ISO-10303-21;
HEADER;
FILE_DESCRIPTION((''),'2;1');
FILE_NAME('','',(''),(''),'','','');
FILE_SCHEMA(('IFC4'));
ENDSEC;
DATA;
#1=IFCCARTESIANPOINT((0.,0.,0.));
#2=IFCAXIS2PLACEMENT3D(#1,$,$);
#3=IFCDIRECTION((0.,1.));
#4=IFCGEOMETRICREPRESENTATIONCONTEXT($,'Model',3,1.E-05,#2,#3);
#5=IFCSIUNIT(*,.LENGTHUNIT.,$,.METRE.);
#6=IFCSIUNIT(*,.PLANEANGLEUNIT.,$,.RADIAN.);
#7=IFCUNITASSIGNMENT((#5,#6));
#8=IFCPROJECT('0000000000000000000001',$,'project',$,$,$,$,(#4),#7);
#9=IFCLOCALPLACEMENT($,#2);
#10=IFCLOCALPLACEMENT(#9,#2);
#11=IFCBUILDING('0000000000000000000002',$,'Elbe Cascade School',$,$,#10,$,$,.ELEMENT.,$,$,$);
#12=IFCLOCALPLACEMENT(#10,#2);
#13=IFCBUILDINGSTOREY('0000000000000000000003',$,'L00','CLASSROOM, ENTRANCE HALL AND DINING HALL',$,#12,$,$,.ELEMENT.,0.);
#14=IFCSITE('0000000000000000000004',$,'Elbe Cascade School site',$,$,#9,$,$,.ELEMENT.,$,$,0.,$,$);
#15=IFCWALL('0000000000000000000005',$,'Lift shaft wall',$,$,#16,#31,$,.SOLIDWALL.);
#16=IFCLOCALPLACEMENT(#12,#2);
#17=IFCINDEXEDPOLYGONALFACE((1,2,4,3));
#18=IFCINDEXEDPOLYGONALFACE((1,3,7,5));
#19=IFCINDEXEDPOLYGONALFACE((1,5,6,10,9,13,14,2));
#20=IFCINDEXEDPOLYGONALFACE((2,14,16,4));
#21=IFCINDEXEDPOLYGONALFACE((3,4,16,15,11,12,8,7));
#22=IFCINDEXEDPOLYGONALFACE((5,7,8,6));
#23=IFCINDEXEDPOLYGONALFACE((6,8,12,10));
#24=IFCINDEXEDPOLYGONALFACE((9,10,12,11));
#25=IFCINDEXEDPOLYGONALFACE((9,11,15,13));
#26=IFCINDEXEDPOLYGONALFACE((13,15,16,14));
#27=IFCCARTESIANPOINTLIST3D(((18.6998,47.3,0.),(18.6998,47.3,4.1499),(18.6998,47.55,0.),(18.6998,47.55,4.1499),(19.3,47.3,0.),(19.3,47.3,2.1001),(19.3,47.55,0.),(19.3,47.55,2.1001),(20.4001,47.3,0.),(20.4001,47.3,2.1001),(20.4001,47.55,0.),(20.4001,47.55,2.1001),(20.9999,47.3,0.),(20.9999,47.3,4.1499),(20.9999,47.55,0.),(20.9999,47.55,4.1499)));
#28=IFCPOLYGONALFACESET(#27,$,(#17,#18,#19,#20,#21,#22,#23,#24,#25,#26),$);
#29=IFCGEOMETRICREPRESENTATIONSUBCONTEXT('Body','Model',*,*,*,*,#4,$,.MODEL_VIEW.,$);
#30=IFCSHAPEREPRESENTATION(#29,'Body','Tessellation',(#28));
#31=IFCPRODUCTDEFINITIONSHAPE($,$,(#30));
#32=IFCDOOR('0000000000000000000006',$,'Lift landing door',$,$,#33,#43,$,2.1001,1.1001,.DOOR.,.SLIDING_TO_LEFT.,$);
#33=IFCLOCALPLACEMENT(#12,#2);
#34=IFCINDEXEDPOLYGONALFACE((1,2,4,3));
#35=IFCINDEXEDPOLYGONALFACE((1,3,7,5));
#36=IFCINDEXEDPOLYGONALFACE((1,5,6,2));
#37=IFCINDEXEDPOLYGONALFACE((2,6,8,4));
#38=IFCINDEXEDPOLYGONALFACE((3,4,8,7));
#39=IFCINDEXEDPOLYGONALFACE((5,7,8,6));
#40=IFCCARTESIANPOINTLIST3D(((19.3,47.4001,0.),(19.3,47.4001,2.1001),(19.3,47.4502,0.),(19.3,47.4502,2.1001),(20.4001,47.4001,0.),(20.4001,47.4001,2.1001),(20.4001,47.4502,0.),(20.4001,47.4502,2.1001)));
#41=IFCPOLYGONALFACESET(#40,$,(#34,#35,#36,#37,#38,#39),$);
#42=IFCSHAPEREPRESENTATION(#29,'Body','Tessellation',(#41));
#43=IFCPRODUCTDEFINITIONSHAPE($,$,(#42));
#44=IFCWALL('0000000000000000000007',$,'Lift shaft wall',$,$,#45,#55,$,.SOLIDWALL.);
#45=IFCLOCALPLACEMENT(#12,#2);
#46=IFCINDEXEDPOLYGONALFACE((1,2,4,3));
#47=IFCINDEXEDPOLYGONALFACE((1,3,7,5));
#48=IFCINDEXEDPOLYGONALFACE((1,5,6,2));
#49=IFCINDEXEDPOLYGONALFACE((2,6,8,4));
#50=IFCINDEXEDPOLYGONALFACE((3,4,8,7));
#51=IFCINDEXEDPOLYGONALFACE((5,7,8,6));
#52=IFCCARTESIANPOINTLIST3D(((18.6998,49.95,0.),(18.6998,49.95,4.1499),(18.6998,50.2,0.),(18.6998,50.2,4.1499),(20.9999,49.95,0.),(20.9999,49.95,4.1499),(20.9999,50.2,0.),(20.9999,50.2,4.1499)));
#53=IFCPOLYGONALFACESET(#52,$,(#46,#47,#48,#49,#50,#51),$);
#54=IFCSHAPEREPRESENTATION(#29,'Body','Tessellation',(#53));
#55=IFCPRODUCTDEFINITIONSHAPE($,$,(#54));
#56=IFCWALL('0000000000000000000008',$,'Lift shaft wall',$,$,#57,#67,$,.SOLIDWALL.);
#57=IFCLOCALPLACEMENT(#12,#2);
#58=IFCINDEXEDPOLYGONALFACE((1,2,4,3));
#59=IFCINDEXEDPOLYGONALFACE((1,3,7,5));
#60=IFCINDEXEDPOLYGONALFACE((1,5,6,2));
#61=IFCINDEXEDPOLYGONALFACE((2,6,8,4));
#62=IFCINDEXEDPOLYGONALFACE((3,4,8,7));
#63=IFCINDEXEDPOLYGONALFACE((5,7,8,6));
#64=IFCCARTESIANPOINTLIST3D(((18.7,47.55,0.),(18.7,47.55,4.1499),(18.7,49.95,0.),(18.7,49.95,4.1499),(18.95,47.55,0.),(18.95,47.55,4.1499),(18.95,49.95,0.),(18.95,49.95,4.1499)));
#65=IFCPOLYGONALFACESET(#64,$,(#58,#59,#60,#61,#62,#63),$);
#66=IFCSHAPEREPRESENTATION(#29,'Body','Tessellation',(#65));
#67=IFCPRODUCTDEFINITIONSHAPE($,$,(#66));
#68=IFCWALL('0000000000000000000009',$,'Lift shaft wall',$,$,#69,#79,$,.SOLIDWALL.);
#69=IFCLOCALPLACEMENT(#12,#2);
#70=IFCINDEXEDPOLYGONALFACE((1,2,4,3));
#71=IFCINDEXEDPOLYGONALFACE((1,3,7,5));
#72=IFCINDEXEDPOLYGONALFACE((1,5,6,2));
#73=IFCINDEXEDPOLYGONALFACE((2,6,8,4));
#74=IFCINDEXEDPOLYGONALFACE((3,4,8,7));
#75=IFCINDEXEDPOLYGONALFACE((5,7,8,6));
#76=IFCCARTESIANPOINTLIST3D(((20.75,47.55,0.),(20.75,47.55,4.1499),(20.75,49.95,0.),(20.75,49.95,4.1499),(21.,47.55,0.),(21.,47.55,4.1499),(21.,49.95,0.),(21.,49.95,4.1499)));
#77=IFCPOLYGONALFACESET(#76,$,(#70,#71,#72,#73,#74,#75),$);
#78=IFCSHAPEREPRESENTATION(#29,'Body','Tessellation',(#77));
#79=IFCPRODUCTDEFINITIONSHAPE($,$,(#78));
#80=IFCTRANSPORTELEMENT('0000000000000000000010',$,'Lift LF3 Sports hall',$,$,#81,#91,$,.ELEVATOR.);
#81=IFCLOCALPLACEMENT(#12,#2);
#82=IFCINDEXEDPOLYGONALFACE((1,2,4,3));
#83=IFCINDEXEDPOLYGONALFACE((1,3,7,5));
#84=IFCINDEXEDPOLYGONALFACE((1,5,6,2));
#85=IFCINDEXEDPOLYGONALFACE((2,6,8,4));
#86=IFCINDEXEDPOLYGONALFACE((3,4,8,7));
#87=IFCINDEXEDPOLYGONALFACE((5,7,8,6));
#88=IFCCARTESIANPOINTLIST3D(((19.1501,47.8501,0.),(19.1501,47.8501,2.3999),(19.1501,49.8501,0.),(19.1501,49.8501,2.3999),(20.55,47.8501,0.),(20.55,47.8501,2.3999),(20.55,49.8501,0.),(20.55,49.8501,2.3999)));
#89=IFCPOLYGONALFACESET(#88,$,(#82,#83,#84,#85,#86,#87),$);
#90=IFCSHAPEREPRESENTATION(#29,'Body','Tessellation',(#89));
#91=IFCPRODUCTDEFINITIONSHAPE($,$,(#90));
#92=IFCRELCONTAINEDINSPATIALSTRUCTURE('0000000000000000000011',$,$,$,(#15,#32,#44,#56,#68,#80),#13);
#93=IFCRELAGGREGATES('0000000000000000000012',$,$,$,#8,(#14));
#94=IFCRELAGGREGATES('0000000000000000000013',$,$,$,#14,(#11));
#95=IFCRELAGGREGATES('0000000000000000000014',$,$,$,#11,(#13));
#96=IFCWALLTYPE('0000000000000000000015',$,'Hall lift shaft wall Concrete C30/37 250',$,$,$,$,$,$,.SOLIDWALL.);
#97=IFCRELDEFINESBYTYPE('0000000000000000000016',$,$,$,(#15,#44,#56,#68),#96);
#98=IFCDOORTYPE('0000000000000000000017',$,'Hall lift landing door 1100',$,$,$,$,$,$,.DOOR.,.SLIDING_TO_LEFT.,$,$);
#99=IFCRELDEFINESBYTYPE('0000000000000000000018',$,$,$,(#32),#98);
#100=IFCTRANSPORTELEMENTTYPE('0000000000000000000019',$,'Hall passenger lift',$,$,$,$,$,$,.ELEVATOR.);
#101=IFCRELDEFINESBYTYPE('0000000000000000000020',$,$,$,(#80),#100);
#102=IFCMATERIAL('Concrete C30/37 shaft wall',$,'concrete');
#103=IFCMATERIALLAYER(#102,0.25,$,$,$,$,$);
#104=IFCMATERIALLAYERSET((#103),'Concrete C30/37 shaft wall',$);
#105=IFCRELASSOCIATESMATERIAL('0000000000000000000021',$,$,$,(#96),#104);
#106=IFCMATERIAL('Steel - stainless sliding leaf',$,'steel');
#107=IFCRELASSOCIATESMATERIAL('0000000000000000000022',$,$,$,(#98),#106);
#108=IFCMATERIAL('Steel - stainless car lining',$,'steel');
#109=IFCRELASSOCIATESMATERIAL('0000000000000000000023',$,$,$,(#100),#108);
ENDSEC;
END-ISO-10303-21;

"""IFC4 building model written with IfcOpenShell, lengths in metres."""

from ifc_helpers import new_model, si_unit, direction, frame, frame_2d, origin, origin_2d, place, context, subcontext, project, spatial, rectangle, extrude, material, layer, layer_set, type_object, element, fill, save


model = new_model("IFC4")

# Units and contexts
model_context = context("Model", 3, precision=1e-05, world=origin(), true_north=direction((0.0, 1.0)))
body_context = subcontext(model_context, "Body", "Model", "MODEL_VIEW")
ifc_project = project(units=[si_unit("LENGTHUNIT", "METRE"), si_unit("PLANEANGLEUNIT", "RADIAN")], contexts=[model_context])

# Site, building, storey
site_placement = place(None, origin())
site = spatial("IfcSite", under=ifc_project, at=site_placement, Name="Elbe Cascade School site", CompositionType="ELEMENT", RefElevation=0.0)
building_placement = place(site_placement, origin())
building = spatial("IfcBuilding", under=site, at=building_placement, Name="Elbe Cascade School", CompositionType="ELEMENT")
storey_placement = place(building_placement, origin())
storey = spatial("IfcBuildingStorey", under=building, at=storey_placement, Name="L00", Description="CLASSROOM, ENTRANCE HALL AND DINING HALL", CompositionType="ELEMENT", Elevation=0.0)

# Shared definitions
ifc_material_1 = material(Name="Concrete C30/37 shaft wall", Category="concrete")
ifc_layer_1 = layer(ifc_material_1, 0.25)
ifc_layer_set_1 = layer_set([ifc_layer_1], Name="Concrete C30/37 shaft wall")
wall_type_1 = type_object("IfcWallType", Name="Hall lift shaft wall Concrete C30/37 250", PredefinedType="SOLIDWALL", material=ifc_layer_set_1)

# Wall, opening, door
wall_1_placement = place(storey_placement, frame((18.7, 47.425, 0.0), z_axis=(0.0, 0.0, 1.0), x_axis=(1.0, 0.0, 0.0)))
wall_1 = element("IfcWall", 1, at=wall_1_placement, inside=storey, type_object=wall_type_1, Name="Lift shaft wall", PredefinedType="SOLIDWALL", context=body_context, shape_type="SweptSolid", body=[
    extrude(rectangle(XDim=2.3, YDim=0.25, at=frame_2d((1.1499, 0.0))), origin(), (0.0, 0.0, 1.0), 4.1499),
])
opening_1_placement = place(wall_1_placement, frame((0.6001, 0.0, 0.0)))
opening_1 = element("IfcOpeningElement", 2, at=opening_1_placement, cuts=wall_1, PredefinedType="OPENING", context=body_context, shape_type="SweptSolid", body=[
    extrude(rectangle(XDim=1.1001, YDim=2.1001, at=frame_2d((0.55, 1.05))), frame((0.0, 0.135, 0.0), z_axis=(0.0, -1.0, 0.0), x_axis=(1.0, 0.0, 0.0)), (0.0, 0.0, 1.0), 0.27),
])
ifc_material_2 = material(Name="Steel - stainless sliding leaf", Category="steel")
door_type_1 = type_object("IfcDoorType", Name="Hall lift landing door 1100", OperationType="SLIDING_TO_LEFT", PredefinedType="DOOR", material=ifc_material_2)
door_1_placement = place(opening_1_placement, frame((1.1001, 0.0, 0.0), z_axis=(0.0, 0.0, 1.0), x_axis=(-1.0, 0.0, 0.0)))
door_1 = element("IfcDoor", 3, at=door_1_placement, inside=storey, type_object=door_type_1, Name="Lift landing door", OperationType="SLIDING_TO_LEFT", OverallHeight=2.1001, OverallWidth=1.1001, PredefinedType="DOOR", context=body_context, shape_type="SweptSolid", body=[
    extrude(rectangle(XDim=1.1001, YDim=2.1001, at=frame_2d((0.55, 1.05))), frame((0.0, 0.0249, 0.0), z_axis=(0.0, -1.0, 0.0), x_axis=(1.0, 0.0, 0.0)), (0.0, 0.0, 1.0), 0.05),
])
fill(opening_1, door_1)

# Walls
wall_2_placement = place(storey_placement, frame((18.7, 50.075, 0.0), z_axis=(0.0, 0.0, 1.0), x_axis=(1.0, 0.0, 0.0)))
element("IfcWall", 4, at=wall_2_placement, inside=storey, type_object=wall_type_1, Name="Lift shaft wall", PredefinedType="SOLIDWALL", context=body_context, shape_type="SweptSolid", body=[
    extrude(rectangle(XDim=2.3, YDim=0.25, at=frame_2d((1.1499, 0.0))), origin(), (0.0, 0.0, 1.0), 4.1499),
])
for number, where, z_axis, x_axis, name in (
    (5, (18.825, 47.55, 0.0), (0.0, 0.0, 1.0), (0.0, 1.0, 0.0), "Lift shaft wall"),
    (6, (20.875, 47.55, 0.0), (0.0, 0.0, 1.0), (0.0, 1.0, 0.0), "Lift shaft wall"),
):
    element("IfcWall", number, at=place(storey_placement, frame(where, z_axis=z_axis, x_axis=x_axis)), inside=storey, type_object=wall_type_1, Name=name, PredefinedType="SOLIDWALL", context=body_context, shape_type="SweptSolid", body=[
        extrude(rectangle(XDim=2.3999, YDim=0.25, at=frame_2d((1.2, 0.0))), origin(), (0.0, 0.0, 1.0), 4.1499),
    ])

# Transport element
ifc_material_3 = material(Name="Steel - stainless car lining", Category="steel")
transport_element_type = type_object("IfcTransportElementType", Name="Hall passenger lift", PredefinedType="ELEVATOR", material=ifc_material_3)
transport_element_placement = place(storey_placement, frame((19.8501, 48.8501, 0.0), z_axis=(0.0, 0.0, 1.0), x_axis=(1.0, 0.0, 0.0)))
element("IfcTransportElement", 7, at=transport_element_placement, inside=storey, type_object=transport_element_type, Name="Lift LF3 Sports hall", PredefinedType="ELEVATOR", context=body_context, shape_type="SweptSolid", body=[
    extrude(rectangle(XDim=1.3999, YDim=2.0, at=origin_2d()), origin(), (0.0, 0.0, 1.0), 2.3999),
])

save(model, "model.ifc")
